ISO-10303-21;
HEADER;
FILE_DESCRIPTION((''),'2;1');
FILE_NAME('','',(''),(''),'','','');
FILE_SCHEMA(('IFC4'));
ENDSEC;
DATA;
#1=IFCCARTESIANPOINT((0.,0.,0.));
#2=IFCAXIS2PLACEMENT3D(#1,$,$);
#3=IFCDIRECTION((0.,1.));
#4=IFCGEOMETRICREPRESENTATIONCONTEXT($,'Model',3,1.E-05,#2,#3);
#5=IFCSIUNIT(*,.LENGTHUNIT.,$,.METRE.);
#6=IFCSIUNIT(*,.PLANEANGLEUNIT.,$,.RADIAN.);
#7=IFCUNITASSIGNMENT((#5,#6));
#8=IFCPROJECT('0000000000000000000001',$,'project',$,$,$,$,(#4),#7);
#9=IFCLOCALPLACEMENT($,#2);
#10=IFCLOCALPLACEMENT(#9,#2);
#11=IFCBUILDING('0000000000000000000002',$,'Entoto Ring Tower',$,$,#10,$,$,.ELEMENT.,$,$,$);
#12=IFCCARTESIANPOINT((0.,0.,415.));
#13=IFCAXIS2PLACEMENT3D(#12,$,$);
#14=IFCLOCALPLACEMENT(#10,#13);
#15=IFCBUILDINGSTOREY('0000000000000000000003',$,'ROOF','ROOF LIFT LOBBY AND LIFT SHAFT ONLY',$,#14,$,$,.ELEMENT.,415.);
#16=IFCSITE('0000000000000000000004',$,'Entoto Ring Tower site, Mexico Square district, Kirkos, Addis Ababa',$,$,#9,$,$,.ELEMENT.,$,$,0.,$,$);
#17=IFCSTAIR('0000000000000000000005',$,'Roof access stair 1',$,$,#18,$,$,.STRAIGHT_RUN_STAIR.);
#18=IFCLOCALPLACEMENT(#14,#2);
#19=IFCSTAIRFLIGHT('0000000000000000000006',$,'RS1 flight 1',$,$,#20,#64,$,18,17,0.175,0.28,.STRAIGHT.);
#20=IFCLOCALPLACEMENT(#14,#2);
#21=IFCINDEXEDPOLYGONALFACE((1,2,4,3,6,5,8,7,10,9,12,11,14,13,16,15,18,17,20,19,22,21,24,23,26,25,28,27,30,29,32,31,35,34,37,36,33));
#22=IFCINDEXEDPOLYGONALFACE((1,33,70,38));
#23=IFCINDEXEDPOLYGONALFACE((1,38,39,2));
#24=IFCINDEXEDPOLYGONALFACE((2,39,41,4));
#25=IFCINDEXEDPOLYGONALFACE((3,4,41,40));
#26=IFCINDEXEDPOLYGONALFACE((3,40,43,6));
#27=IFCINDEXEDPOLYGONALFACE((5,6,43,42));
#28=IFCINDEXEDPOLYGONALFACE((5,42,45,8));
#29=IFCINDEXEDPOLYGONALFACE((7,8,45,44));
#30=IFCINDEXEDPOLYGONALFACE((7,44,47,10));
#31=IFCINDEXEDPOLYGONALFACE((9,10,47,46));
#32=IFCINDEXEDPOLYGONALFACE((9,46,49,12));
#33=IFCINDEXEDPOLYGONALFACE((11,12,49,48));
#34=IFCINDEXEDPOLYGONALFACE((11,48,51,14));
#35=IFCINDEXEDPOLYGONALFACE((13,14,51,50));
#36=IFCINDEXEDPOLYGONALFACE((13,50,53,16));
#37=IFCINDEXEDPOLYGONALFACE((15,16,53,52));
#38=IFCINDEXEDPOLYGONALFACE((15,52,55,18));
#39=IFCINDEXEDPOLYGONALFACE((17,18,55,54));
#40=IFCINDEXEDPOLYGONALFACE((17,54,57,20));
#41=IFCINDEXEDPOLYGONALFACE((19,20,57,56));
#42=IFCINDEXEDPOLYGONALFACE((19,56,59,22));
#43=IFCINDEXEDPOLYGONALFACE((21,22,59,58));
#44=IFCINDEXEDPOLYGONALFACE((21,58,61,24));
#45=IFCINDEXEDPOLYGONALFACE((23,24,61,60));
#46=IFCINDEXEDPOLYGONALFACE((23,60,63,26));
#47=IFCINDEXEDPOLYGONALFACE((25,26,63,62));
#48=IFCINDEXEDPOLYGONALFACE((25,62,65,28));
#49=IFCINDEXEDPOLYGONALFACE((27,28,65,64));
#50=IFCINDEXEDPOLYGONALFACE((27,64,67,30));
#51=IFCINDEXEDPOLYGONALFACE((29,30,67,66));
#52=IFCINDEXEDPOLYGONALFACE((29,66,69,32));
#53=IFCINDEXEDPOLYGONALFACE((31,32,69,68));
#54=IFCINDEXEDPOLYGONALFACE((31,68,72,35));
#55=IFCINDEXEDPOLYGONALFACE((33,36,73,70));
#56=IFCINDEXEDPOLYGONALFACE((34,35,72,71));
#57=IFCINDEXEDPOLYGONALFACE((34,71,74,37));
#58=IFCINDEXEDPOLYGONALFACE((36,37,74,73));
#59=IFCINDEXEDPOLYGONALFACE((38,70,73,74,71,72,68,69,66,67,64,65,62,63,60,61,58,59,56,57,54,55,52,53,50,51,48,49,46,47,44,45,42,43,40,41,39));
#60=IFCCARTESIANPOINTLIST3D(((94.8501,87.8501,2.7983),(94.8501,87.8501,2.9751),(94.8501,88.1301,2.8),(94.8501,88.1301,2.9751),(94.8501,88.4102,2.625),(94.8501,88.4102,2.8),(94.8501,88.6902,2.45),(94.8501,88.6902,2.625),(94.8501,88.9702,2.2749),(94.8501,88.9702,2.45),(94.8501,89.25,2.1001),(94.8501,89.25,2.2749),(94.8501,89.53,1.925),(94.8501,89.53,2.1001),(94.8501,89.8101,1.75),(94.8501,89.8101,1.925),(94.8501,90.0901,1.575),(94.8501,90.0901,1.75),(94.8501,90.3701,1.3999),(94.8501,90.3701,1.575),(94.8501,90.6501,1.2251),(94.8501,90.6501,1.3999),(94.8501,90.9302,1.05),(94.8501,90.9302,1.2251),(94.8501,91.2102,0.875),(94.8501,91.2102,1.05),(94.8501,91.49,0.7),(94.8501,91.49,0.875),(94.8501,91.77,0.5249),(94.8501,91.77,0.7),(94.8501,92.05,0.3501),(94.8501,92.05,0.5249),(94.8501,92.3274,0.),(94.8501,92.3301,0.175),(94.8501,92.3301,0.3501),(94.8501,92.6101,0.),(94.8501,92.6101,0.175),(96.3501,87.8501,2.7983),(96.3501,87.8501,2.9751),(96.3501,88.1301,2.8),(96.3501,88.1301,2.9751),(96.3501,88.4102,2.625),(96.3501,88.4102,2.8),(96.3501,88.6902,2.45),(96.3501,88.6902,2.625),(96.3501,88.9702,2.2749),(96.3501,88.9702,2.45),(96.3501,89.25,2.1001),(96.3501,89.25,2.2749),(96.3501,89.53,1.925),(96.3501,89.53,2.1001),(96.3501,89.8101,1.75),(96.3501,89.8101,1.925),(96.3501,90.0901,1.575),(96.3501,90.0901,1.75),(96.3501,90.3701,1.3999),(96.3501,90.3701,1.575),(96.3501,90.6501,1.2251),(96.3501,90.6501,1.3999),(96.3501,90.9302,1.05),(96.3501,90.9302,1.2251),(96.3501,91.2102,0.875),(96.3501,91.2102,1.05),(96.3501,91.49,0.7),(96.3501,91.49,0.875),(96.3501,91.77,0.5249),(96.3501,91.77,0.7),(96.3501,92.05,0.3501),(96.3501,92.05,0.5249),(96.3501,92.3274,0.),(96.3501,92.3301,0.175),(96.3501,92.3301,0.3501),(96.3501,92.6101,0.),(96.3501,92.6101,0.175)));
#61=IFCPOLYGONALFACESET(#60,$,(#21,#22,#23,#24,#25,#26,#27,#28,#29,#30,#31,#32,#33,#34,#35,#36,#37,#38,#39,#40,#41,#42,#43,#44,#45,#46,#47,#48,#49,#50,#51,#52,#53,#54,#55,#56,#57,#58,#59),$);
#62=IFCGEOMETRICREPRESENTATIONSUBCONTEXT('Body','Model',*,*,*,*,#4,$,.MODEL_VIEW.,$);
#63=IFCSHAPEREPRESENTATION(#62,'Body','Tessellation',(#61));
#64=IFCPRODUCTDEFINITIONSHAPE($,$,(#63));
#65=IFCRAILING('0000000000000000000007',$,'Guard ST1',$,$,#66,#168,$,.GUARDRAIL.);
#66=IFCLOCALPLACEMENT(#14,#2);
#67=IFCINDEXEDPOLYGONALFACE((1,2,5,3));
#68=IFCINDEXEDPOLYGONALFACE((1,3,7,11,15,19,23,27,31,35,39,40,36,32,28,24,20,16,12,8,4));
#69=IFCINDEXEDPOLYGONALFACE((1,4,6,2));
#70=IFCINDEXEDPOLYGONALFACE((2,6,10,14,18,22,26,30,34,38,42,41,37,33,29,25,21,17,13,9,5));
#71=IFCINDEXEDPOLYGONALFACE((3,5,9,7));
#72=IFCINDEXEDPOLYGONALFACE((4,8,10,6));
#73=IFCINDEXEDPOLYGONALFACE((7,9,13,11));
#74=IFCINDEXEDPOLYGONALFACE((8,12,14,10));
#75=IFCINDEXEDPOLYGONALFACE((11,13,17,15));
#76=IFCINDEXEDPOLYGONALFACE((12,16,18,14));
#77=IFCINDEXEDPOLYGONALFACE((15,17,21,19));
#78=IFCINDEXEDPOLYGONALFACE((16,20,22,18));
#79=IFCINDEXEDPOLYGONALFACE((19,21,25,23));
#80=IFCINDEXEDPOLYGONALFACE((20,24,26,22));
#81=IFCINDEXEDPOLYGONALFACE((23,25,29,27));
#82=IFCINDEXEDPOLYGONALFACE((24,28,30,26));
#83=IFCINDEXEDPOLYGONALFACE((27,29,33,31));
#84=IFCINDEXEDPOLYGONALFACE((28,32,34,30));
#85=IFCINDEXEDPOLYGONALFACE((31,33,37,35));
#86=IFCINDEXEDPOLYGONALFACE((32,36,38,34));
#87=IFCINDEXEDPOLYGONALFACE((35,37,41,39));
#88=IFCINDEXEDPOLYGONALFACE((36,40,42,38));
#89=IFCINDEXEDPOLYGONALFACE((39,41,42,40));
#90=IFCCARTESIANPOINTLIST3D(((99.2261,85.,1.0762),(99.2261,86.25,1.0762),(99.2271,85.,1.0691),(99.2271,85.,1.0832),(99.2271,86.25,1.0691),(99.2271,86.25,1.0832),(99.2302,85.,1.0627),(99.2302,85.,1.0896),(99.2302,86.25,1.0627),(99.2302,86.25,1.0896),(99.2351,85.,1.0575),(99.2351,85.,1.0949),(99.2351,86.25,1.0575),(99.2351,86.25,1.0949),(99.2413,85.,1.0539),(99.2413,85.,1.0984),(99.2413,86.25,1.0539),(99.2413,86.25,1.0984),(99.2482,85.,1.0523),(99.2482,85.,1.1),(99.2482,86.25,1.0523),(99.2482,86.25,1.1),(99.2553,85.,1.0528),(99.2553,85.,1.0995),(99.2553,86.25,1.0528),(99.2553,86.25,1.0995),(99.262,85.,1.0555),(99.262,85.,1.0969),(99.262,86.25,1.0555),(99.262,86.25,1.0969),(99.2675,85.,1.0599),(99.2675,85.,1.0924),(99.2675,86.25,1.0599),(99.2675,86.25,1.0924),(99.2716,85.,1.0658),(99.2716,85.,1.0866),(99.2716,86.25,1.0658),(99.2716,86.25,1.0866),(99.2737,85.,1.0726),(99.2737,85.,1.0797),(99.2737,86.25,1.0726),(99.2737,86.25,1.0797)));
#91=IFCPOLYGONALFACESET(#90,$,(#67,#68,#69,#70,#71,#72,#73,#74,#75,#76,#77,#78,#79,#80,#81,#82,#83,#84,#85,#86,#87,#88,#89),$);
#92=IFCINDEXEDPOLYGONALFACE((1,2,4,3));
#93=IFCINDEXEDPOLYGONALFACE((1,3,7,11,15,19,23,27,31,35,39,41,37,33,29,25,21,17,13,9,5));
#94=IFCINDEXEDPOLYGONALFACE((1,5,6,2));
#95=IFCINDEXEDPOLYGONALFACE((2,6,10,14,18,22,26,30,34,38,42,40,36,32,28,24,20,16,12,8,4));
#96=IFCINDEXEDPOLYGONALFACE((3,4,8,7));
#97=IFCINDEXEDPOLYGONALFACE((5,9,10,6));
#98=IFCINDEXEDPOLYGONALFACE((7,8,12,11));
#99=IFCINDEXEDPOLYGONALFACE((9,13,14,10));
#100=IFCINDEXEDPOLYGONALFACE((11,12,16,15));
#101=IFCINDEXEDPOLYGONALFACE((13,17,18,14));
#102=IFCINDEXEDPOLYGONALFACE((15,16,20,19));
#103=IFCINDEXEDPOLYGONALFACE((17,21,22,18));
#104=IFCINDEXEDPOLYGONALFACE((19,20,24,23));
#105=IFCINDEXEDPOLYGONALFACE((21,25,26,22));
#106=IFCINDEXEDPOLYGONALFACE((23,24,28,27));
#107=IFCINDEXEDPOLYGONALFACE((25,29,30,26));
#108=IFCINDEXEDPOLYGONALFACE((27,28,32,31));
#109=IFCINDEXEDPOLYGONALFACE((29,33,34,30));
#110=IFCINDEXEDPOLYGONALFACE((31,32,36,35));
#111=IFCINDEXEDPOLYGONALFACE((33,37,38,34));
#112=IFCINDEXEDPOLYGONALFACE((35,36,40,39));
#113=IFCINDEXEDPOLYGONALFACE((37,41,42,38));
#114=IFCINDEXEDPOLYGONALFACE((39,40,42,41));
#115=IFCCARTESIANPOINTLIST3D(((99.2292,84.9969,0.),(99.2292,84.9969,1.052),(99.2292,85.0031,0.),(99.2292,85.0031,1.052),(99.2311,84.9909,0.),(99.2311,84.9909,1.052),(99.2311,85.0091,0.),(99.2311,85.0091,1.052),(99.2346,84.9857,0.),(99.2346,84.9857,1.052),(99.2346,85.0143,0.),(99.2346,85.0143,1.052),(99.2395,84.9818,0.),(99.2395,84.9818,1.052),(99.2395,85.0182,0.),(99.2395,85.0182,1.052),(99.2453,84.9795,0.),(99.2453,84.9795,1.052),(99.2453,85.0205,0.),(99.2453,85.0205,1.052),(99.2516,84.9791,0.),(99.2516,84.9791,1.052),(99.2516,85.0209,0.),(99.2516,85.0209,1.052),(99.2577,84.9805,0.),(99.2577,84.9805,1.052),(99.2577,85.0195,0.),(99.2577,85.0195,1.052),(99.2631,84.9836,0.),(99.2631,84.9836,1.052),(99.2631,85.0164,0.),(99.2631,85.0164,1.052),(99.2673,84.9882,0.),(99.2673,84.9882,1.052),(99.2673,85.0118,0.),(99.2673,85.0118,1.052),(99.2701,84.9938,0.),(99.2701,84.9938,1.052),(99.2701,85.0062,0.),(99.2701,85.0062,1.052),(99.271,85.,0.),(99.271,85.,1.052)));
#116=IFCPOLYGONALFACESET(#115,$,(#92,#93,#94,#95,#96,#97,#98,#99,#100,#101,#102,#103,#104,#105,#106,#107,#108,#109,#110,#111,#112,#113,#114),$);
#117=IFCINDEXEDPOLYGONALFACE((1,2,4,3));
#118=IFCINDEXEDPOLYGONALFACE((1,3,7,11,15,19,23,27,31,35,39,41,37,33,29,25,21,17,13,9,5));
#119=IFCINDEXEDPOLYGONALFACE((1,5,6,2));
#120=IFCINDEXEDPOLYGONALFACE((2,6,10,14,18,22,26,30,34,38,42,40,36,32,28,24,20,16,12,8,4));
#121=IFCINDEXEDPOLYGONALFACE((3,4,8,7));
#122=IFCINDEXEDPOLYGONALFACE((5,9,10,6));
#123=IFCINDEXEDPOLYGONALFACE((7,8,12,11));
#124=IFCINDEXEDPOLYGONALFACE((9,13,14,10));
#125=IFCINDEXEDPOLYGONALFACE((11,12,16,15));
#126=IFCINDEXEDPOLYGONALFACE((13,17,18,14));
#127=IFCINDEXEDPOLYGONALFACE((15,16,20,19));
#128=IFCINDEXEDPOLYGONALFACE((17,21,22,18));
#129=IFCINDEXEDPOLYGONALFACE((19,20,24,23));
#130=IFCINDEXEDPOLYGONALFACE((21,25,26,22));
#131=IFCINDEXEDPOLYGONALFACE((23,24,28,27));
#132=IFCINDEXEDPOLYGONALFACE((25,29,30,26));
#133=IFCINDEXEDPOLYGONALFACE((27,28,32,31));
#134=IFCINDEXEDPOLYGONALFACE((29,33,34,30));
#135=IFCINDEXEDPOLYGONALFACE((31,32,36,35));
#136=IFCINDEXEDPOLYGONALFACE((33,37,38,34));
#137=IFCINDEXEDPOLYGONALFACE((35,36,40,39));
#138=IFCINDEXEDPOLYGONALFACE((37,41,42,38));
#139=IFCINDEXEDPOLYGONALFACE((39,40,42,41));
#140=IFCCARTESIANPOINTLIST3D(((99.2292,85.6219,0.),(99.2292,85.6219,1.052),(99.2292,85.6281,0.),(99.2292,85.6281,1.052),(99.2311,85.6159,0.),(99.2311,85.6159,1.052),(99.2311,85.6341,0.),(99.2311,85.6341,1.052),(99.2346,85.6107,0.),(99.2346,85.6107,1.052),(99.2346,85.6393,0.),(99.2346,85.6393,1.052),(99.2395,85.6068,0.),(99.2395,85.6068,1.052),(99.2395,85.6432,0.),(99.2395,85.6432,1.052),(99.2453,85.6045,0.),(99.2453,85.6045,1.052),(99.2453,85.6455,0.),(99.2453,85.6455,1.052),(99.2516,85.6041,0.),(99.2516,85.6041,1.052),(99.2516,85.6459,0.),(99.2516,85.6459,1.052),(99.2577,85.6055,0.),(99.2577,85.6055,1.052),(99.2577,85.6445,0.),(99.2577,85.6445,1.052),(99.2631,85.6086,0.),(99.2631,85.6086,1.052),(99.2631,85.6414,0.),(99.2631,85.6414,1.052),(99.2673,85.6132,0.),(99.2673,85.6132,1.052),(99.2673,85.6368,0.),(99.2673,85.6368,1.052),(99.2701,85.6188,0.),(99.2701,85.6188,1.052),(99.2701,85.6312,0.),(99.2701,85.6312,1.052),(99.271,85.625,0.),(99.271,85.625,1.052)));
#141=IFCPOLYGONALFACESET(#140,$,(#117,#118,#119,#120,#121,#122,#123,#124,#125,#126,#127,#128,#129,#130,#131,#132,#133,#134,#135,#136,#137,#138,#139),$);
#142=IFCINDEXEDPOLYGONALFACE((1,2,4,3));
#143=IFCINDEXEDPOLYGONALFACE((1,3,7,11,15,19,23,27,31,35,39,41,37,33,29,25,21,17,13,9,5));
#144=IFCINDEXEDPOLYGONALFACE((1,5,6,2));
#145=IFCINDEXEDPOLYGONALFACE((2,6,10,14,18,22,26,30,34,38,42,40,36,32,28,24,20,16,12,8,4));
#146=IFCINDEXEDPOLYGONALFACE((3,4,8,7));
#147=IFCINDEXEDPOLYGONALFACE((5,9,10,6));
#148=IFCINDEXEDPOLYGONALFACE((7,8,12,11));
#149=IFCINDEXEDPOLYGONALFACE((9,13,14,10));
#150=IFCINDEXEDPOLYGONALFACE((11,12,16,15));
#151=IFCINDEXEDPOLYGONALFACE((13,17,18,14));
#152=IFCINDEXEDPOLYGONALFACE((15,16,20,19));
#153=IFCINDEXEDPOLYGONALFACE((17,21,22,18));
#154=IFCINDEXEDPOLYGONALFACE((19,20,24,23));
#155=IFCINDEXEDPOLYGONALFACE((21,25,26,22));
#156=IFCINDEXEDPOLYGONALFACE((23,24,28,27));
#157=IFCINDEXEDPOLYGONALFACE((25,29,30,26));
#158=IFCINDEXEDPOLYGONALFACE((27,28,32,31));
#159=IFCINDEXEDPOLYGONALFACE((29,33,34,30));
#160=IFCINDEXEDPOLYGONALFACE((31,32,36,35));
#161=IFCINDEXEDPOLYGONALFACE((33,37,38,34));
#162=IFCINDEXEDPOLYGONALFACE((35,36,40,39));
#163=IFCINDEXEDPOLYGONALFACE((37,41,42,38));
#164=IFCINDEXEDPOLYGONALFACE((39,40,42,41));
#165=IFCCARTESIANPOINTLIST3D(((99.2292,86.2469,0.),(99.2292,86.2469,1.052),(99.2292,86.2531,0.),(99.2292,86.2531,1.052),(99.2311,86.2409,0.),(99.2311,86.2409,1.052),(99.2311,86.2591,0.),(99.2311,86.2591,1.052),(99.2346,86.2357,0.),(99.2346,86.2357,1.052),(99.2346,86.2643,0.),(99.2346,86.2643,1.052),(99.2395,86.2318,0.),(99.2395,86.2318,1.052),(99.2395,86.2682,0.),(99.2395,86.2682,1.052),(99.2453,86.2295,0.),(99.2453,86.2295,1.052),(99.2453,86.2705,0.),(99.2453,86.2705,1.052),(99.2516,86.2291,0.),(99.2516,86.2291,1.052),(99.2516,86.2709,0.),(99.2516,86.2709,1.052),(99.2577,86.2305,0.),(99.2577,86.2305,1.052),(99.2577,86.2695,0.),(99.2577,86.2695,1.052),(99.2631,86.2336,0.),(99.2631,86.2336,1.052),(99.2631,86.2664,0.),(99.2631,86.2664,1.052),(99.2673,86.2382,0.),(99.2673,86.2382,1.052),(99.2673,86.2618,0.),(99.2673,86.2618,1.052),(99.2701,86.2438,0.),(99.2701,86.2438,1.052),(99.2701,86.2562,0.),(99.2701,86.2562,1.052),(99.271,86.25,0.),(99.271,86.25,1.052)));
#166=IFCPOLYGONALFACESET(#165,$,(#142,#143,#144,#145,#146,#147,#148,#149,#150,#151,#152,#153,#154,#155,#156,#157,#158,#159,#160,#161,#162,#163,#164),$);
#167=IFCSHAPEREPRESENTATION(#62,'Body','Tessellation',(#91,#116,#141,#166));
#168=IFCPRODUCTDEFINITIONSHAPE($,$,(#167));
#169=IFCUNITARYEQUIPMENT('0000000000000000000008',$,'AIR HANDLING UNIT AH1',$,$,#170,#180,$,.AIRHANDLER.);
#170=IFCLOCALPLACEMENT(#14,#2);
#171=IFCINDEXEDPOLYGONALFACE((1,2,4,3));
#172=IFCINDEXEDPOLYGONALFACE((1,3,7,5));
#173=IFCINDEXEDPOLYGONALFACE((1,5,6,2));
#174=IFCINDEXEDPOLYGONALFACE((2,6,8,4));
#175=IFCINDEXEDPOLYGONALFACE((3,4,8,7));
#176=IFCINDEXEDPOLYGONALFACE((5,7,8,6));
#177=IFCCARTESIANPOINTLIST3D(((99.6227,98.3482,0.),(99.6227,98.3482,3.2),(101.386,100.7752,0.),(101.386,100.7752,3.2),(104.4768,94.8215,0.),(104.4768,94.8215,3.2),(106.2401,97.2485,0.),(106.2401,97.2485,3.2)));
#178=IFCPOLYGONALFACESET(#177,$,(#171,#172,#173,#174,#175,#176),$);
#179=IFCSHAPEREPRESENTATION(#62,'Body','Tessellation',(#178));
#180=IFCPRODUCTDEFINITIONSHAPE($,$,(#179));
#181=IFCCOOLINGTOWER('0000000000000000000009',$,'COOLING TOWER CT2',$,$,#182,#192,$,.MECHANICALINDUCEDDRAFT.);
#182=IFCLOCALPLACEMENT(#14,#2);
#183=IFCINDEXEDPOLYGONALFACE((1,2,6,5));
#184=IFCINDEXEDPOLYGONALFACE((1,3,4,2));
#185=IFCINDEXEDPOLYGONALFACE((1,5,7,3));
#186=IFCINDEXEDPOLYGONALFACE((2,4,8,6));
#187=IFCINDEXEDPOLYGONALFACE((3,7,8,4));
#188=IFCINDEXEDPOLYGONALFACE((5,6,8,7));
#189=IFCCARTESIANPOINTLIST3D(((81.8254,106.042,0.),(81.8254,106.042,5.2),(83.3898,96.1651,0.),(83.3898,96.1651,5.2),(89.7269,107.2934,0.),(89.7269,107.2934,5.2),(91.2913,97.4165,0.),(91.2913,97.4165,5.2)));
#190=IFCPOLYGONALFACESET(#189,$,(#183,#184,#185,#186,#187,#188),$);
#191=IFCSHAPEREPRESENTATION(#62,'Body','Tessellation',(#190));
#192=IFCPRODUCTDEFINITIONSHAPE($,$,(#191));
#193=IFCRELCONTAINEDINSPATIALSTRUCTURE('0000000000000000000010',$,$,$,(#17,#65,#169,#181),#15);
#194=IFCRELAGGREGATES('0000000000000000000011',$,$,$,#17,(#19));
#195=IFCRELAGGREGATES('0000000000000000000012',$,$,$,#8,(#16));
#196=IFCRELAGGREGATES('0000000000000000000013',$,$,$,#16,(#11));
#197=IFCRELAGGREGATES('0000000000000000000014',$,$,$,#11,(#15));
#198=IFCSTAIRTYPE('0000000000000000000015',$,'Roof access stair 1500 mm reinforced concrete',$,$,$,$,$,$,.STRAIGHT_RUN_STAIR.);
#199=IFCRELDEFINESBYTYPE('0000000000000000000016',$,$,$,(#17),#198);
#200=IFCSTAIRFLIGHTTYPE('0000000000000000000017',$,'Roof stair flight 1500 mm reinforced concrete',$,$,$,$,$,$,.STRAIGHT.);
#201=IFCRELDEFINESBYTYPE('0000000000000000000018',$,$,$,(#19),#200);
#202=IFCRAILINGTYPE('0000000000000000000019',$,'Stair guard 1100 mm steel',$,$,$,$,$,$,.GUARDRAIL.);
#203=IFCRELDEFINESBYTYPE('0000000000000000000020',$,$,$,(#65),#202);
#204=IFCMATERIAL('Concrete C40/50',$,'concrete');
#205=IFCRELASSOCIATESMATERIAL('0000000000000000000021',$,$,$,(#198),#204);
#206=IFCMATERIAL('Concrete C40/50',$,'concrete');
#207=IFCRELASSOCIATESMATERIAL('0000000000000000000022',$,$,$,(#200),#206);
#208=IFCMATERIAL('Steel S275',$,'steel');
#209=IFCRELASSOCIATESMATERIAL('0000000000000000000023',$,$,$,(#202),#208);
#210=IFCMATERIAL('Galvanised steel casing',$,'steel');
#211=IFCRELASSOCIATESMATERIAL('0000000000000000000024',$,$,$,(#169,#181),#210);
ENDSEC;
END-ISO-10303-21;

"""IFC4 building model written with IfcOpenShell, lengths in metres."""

from ifc_helpers import new_model, si_unit, direction, frame, origin, origin_2d, place, context, subcontext, project, spatial, polyline, rectangle, circle, outline, extrude, material, type_object, element, aggregate, save


model = new_model("IFC4")

# Units and contexts
model_context = context("Model", 3, precision=1e-05, world=origin(), true_north=direction((0.0, 1.0)))
body_context = subcontext(model_context, "Body", "Model", "MODEL_VIEW")
ifc_project = project(units=[si_unit("LENGTHUNIT", "METRE"), si_unit("PLANEANGLEUNIT", "RADIAN")], contexts=[model_context])

# Site, building, storey
site_placement = place(None, origin())
site = spatial("IfcSite", under=ifc_project, at=site_placement, Name="Entoto Ring Tower site, Mexico Square district, Kirkos, Addis Ababa", CompositionType="ELEMENT", RefElevation=0.0)
building_placement = place(site_placement, origin())
building = spatial("IfcBuilding", under=site, at=building_placement, Name="Entoto Ring Tower", CompositionType="ELEMENT")
storey_placement = place(building_placement, frame((0.0, 0.0, 415.0)))
storey = spatial("IfcBuildingStorey", under=building, at=storey_placement, Name="ROOF", Description="ROOF LIFT LOBBY AND LIFT SHAFT ONLY", CompositionType="ELEMENT", Elevation=415.0)

# Stair, stair flight
ifc_material_1 = material(Name="Concrete C40/50", Category="concrete")
stair_type = type_object("IfcStairType", Name="Roof access stair 1500 mm reinforced concrete", PredefinedType="STRAIGHT_RUN_STAIR", material=ifc_material_1)
stair_placement = place(storey_placement, origin())
stair = element("IfcStair", 1, at=stair_placement, inside=storey, type_object=stair_type, Name="Roof access stair 1", PredefinedType="STRAIGHT_RUN_STAIR")
ifc_material_2 = material(Name="Concrete C40/50", Category="concrete")
stair_flight_type = type_object("IfcStairFlightType", Name="Roof stair flight 1500 mm reinforced concrete", PredefinedType="STRAIGHT", material=ifc_material_2)
stair_flight_placement = place(storey_placement, frame((95.6001, 92.6101, 0.0), z_axis=(0.0, 0.0, 1.0), x_axis=(0.0, -1.0, 0.0)))
stair_flight = element("IfcStairFlight", 2, at=stair_flight_placement, type_object=stair_flight_type, Name="RS1 flight 1", NumberOfRisers=18, NumberOfTreads=17, PredefinedType="STRAIGHT", RiserHeight=0.175, TreadLength=0.28, context=body_context, shape_type="SweptSolid", body=[
    extrude(outline(polyline([(0.0, 0.0), (0.0, 0.175), (0.28, 0.175), (0.28, 0.3501), (0.5601, 0.3501), (0.5601, 0.5249), (0.8401, 0.5249), (0.8401, 0.7), (1.1201, 0.7), (1.1201, 0.875), (1.3999, 0.875), (1.3999, 1.05), (1.6799, 1.05), (1.6799, 1.2251), (1.96, 1.2251), (1.96, 1.3999), (2.24, 1.3999), (2.24, 1.575), (2.52, 1.575), (2.52, 1.75), (2.8, 1.75), (2.8, 1.925), (3.0801, 1.925), (3.0801, 2.1001), (3.3601, 2.1001), (3.3601, 2.2749), (3.6399, 2.2749), (3.6399, 2.45), (3.9199, 2.45), (3.9199, 2.625), (4.2, 2.625), (4.2, 2.8), (4.48, 2.8), (4.48, 2.9751), (4.76, 2.9751), (4.76, 3.1499), (4.76, 2.7983), (0.2827, 0.0), (0.0, 0.0)])), frame((0.0, 0.75, 0.0), z_axis=(0.0, -1.0, 0.0), x_axis=(1.0, 0.0, 0.0)), (0.0, 0.0, 1.0), 1.5),
])
aggregate(stair, [stair_flight])

# Railing
ifc_material_3 = material(Name="Steel S275", Category="steel")
railing_type_1 = type_object("IfcRailingType", Name="Stair guard 1100 mm steel", PredefinedType="GUARDRAIL", material=ifc_material_3)
railing_placement = place(storey_placement, frame((99.25, 85.0, 0.0)))
element("IfcRailing", 3, at=railing_placement, inside=storey, type_object=railing_type_1, Name="Guard ST1", PredefinedType="GUARDRAIL", context=body_context, shape_type="SweptSolid", body=[
    extrude(circle(Radius=0.0239, at=origin_2d()), frame((0.0, 0.0, 1.0762), z_axis=(0.0, 1.0, 0.0), x_axis=(-1.0, 0.0, 0.0)), (0.0, 0.0, 1.0), 1.25),
    extrude(circle(Radius=0.021, at=origin_2d()), origin(), (0.0, 0.0, 1.0), 1.052),
    extrude(circle(Radius=0.021, at=origin_2d()), frame((0.0, 0.625, 0.0)), (0.0, 0.0, 1.0), 1.052),
    extrude(circle(Radius=0.021, at=origin_2d()), frame((0.0, 1.25, 0.0)), (0.0, 0.0, 1.0), 1.052),
])

# Unitary equipment
ifc_material_4 = material(Name="Galvanised steel casing", Category="steel")
unitary_equipment_placement = place(storey_placement, frame((102.9314, 97.7983, 0.0), z_axis=(0.0, 0.0, 1.0), x_axis=(0.587785, 0.809017, 0.0)))
element("IfcUnitaryEquipment", 4, at=unitary_equipment_placement, inside=storey, material=ifc_material_4, Name="AIR HANDLING UNIT AH1", PredefinedType="AIRHANDLER", context=body_context, shape_type="SweptSolid", body=[
    extrude(rectangle(XDim=3.0, YDim=6.0, at=origin_2d()), origin(), (0.0, 0.0, 1.0), 3.2),
])

# Cooling tower
cooling_tower_placement = place(storey_placement, frame((86.5583, 101.7292, 0.0), z_axis=(0.0, 0.0, 1.0), x_axis=(-0.156434, 0.987688, 0.0)))
element("IfcCoolingTower", 5, at=cooling_tower_placement, inside=storey, material=ifc_material_4, Name="COOLING TOWER CT2", PredefinedType="MECHANICALINDUCEDDRAFT", context=body_context, shape_type="SweptSolid", body=[
    extrude(rectangle(XDim=10.0, YDim=8.0, at=origin_2d()), origin(), (0.0, 0.0, 1.0), 5.2),
])

save(model, "model.ifc")
